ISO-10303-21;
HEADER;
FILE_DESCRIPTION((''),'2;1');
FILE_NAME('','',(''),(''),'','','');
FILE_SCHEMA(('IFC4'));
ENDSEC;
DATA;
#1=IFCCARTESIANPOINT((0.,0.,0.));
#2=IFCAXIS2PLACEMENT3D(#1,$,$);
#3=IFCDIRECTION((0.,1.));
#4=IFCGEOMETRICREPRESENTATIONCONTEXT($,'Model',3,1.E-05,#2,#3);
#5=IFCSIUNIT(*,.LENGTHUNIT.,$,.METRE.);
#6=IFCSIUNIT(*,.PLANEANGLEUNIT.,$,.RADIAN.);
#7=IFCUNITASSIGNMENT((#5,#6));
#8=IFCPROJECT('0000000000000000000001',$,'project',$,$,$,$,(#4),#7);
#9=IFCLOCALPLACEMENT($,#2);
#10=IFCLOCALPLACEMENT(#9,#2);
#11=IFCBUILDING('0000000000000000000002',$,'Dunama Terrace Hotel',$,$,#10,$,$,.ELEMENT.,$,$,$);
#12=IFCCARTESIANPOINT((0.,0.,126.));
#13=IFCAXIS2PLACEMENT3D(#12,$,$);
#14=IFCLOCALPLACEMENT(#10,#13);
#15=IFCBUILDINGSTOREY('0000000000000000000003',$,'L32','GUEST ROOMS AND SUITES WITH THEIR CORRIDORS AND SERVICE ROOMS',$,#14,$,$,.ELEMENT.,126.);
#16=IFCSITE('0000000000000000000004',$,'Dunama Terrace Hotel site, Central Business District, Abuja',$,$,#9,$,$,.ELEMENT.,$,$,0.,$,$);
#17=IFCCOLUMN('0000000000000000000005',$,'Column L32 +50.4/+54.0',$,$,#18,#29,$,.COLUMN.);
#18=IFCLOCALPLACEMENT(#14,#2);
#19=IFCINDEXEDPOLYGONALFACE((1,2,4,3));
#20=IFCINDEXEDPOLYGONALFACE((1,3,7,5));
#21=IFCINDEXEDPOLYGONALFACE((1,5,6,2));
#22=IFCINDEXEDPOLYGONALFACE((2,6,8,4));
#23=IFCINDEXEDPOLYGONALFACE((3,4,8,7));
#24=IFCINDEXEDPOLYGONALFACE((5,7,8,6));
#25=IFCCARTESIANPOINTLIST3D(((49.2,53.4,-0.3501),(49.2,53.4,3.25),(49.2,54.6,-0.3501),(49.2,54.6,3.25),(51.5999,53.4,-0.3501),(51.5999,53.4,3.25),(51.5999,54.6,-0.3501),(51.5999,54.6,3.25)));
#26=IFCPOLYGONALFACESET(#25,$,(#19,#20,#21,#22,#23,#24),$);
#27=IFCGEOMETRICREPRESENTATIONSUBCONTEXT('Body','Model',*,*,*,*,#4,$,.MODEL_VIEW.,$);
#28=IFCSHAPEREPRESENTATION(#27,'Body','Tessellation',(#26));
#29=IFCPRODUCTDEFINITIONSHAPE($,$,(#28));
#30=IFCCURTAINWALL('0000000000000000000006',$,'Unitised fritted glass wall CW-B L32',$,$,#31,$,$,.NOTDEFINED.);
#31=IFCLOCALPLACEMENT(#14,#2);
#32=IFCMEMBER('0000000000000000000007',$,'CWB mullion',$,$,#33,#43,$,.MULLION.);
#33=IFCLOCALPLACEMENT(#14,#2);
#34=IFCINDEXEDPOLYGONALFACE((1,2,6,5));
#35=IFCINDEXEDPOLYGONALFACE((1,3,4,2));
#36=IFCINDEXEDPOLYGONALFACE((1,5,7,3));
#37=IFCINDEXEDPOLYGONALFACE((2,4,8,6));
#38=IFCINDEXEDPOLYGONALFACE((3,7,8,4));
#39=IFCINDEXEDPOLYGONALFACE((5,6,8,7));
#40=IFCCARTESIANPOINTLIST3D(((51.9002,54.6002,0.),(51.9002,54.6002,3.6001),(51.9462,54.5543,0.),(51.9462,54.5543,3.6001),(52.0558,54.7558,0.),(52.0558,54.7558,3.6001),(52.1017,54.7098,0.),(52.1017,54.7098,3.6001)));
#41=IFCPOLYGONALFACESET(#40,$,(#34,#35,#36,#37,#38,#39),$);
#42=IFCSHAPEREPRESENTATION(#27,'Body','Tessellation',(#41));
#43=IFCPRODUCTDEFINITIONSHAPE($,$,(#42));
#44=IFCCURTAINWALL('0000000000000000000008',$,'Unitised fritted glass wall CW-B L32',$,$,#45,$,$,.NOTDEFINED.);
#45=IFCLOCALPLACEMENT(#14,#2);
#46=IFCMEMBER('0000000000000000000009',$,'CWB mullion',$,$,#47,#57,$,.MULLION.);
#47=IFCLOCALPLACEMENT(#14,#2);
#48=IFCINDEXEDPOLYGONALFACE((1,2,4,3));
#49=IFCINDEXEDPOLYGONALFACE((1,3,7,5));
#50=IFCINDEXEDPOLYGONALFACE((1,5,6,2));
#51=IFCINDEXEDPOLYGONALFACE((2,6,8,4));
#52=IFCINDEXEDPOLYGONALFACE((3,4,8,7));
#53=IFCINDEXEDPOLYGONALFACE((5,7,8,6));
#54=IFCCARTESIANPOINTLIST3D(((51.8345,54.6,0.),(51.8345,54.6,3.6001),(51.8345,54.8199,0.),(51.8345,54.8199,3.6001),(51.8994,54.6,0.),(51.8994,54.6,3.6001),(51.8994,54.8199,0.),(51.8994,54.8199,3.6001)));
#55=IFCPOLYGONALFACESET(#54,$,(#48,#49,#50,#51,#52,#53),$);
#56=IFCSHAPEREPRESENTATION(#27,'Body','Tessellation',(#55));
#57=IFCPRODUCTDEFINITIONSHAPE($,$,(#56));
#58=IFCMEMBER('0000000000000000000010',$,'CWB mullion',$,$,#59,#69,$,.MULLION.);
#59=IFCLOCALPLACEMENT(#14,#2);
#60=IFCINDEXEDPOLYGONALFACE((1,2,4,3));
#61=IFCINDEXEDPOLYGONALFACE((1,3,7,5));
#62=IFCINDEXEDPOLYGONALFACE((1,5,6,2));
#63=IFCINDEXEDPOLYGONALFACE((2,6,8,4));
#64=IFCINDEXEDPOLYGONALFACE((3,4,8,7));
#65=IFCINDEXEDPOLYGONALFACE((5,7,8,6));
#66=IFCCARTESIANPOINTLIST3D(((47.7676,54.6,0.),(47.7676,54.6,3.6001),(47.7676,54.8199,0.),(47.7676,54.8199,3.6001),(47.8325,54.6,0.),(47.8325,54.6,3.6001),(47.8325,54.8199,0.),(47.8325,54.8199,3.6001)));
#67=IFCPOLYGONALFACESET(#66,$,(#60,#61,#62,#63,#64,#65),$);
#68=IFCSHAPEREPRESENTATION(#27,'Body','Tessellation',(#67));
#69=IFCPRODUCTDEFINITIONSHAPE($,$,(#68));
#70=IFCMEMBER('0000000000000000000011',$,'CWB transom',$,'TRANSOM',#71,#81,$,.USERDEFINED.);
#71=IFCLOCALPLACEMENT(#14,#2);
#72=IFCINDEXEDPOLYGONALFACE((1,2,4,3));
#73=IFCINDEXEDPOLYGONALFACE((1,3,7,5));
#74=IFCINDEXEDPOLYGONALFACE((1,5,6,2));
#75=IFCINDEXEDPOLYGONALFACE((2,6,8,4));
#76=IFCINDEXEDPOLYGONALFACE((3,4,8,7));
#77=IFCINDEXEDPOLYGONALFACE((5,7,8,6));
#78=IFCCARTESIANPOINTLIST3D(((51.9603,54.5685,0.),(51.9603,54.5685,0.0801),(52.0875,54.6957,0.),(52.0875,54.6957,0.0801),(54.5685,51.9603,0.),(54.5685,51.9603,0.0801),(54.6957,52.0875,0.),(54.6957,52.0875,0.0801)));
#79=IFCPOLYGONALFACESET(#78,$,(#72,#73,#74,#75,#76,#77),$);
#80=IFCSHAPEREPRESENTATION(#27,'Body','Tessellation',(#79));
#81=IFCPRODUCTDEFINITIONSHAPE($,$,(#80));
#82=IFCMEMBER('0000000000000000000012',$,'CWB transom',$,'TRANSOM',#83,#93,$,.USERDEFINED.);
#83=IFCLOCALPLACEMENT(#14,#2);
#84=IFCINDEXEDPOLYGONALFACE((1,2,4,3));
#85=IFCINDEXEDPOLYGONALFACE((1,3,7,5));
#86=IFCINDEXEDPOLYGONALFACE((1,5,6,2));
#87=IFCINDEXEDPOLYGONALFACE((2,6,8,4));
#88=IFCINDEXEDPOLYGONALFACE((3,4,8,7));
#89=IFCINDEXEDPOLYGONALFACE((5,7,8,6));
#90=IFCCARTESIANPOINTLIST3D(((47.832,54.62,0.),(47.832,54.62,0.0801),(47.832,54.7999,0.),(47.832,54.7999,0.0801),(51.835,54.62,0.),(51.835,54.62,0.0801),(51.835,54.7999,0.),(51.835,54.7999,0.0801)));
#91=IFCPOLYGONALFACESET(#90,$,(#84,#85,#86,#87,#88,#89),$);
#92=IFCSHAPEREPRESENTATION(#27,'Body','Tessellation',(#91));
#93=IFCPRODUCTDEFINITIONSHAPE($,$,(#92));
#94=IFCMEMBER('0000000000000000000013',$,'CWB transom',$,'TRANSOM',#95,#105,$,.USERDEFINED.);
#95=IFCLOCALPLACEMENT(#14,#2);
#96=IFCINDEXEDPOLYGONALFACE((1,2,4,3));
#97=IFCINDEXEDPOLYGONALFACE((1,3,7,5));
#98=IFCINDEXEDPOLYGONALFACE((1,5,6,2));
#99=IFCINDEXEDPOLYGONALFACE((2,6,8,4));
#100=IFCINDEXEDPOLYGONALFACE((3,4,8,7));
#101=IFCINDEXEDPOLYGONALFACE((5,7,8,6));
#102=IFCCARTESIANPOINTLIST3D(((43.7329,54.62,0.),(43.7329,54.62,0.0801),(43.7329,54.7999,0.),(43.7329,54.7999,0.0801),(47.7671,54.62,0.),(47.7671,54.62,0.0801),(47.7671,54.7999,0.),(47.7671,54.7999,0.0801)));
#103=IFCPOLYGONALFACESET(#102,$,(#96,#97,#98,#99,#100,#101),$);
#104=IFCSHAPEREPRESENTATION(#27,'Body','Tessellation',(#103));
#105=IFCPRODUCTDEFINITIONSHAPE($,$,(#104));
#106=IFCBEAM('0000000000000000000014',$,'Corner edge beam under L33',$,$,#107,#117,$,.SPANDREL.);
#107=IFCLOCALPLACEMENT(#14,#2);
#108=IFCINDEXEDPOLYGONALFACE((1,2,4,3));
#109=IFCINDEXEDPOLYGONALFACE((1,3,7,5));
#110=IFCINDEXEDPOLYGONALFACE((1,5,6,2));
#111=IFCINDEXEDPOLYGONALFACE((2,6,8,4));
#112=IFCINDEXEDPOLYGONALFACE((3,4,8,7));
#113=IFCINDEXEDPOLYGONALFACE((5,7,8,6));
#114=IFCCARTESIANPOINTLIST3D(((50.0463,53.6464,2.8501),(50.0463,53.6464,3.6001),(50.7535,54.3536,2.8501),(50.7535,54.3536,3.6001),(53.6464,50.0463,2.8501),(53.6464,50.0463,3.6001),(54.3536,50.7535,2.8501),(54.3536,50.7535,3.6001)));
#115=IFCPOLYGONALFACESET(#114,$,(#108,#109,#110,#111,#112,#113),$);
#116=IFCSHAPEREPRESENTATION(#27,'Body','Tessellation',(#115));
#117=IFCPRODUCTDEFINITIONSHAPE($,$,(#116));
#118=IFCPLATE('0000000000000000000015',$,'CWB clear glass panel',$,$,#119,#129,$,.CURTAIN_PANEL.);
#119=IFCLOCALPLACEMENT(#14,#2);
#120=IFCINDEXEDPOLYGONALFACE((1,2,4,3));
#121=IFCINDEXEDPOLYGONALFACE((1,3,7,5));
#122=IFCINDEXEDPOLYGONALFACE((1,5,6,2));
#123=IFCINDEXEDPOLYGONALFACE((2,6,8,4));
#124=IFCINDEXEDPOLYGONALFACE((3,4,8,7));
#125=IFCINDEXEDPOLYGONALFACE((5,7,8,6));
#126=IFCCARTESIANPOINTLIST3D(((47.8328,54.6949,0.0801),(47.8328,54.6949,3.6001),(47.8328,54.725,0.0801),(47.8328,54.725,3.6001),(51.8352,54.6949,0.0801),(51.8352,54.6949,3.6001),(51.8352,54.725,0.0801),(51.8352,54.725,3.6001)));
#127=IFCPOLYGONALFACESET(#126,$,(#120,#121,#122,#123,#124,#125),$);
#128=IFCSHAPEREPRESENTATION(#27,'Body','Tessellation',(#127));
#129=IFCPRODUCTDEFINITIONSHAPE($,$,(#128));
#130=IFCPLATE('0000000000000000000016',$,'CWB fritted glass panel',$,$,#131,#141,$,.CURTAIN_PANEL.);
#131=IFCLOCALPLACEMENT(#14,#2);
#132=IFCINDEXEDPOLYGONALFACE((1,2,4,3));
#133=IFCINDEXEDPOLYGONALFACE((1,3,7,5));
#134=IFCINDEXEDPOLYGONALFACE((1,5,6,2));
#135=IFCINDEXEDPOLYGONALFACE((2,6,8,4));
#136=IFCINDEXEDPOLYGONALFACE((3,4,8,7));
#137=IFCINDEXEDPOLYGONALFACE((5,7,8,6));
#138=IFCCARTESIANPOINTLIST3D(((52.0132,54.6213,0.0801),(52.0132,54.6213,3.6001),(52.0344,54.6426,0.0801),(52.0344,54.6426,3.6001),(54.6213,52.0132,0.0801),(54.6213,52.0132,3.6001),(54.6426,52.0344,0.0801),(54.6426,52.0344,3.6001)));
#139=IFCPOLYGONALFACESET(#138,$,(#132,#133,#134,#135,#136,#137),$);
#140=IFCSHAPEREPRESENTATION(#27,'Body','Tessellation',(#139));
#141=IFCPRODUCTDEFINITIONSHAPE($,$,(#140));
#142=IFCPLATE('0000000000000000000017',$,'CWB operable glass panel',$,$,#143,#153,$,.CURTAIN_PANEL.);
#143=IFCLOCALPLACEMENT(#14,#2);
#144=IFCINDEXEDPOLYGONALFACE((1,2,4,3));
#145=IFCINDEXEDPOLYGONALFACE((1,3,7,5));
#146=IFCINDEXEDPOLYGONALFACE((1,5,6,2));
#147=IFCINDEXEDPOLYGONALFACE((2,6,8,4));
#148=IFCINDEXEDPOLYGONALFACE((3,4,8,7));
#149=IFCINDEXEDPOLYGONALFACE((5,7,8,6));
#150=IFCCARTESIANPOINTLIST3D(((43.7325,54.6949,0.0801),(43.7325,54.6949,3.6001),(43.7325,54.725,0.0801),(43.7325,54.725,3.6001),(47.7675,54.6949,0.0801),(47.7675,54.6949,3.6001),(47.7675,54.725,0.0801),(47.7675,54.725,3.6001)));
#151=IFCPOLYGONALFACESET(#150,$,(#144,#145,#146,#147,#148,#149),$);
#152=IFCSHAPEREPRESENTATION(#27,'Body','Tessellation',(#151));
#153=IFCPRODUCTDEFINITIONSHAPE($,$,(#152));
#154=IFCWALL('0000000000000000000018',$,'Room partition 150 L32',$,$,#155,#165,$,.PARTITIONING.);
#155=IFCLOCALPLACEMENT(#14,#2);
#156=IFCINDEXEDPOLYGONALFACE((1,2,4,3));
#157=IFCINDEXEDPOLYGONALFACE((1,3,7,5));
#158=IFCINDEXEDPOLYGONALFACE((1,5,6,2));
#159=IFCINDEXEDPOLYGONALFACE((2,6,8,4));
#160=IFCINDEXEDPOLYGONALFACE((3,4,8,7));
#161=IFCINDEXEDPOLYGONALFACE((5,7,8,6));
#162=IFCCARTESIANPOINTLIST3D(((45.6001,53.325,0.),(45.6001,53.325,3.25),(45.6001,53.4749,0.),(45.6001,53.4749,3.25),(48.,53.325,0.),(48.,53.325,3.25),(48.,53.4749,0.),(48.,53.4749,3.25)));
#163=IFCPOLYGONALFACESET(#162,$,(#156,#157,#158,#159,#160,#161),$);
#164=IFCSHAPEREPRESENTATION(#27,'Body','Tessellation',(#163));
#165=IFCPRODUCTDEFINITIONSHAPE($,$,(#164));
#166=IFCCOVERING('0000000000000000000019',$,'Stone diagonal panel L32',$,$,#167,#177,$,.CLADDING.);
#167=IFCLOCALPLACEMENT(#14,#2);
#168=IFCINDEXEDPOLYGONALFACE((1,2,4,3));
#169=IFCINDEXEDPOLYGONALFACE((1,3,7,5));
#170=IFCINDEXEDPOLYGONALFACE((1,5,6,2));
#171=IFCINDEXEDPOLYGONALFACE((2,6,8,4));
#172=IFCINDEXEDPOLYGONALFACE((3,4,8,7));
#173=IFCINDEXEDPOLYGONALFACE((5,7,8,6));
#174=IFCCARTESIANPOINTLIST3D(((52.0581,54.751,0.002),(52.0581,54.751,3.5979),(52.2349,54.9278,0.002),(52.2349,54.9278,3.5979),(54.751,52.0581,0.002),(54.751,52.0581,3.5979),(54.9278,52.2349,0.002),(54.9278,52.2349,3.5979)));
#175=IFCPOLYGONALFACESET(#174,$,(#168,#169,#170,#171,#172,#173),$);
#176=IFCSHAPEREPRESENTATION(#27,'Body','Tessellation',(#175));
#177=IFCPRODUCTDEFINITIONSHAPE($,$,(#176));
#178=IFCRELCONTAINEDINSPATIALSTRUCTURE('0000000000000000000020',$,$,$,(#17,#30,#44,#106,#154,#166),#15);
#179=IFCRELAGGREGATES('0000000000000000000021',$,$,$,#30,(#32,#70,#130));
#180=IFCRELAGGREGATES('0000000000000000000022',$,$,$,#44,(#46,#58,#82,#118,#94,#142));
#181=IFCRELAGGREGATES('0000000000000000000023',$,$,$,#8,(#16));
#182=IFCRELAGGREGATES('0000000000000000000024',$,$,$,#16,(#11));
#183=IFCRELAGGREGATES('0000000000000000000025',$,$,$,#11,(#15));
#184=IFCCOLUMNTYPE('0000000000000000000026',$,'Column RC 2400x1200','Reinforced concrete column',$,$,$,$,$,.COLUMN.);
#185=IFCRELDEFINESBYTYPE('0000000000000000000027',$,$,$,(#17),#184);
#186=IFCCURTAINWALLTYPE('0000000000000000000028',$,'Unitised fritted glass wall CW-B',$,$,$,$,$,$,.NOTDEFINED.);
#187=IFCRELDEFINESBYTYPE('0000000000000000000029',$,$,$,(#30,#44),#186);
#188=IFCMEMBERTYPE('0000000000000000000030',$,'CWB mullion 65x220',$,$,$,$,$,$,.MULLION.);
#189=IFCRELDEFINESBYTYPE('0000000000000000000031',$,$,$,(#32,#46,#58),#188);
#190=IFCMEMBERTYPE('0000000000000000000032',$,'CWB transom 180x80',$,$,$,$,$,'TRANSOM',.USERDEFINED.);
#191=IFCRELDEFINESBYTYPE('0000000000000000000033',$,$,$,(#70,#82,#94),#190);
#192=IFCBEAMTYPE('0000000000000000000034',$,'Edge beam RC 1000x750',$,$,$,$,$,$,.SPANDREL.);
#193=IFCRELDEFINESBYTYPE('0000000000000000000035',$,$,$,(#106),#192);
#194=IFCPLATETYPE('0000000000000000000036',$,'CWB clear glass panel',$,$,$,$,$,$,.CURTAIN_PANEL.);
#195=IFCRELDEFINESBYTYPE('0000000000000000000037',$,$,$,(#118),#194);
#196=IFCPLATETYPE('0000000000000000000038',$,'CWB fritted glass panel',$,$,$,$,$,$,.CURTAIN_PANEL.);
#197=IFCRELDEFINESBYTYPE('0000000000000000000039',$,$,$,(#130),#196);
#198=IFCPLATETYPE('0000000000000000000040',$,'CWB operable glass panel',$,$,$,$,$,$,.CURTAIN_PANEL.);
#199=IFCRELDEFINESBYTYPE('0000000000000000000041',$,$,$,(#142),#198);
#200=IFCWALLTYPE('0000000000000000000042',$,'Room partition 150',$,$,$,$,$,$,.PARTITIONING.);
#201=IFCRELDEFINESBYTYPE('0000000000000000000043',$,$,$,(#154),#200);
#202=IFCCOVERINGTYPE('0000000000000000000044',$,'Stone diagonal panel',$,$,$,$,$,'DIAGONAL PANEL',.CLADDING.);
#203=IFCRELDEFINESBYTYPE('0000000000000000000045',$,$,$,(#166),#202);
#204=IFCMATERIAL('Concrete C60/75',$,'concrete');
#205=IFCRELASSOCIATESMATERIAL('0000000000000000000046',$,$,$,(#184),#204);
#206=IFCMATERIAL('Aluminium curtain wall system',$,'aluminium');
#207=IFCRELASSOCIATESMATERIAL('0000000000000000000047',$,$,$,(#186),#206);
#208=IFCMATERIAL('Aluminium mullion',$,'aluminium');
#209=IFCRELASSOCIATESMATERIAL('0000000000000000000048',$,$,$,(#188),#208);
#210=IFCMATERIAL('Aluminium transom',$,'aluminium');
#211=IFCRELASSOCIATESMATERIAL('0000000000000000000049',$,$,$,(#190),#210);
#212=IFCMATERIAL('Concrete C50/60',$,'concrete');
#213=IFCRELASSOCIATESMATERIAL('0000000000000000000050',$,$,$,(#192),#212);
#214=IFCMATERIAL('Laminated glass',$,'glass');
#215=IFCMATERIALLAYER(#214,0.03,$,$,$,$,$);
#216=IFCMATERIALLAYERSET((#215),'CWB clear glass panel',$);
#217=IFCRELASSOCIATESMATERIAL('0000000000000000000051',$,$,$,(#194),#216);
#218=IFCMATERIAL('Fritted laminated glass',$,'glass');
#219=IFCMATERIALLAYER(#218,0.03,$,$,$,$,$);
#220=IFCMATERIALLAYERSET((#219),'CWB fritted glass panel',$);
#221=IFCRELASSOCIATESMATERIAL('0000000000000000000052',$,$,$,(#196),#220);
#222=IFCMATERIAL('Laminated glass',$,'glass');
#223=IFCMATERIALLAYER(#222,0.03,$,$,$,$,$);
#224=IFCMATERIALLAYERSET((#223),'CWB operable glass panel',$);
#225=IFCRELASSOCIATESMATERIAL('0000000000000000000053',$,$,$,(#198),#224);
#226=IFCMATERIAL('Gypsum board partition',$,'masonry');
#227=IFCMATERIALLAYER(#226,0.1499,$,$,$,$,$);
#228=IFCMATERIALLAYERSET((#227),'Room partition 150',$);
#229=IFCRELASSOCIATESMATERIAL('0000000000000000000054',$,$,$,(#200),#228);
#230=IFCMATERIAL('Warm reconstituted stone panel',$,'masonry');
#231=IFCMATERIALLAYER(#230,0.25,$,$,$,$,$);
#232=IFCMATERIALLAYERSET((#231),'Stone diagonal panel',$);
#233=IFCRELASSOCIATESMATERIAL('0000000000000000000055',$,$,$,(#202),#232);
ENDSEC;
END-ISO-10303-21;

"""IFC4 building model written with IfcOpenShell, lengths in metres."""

from ifc_helpers import new_model, si_unit, direction, frame, frame_2d, origin, origin_2d, place, context, subcontext, project, spatial, rectangle, extrude, material, layer, layer_set, material_profile, profile_set, type_object, element, aggregate, save


model = new_model("IFC4")

# Units and contexts
model_context = context("Model", 3, precision=1e-05, world=origin(), true_north=direction((0.0, 1.0)))
body_context = subcontext(model_context, "Body", "Model", "MODEL_VIEW")
ifc_project = project(units=[si_unit("LENGTHUNIT", "METRE"), si_unit("PLANEANGLEUNIT", "RADIAN")], contexts=[model_context])

# Site, building, storey
site_placement = place(None, origin())
site = spatial("IfcSite", under=ifc_project, at=site_placement, Name="Dunama Terrace Hotel site, Central Business District, Abuja", CompositionType="ELEMENT", RefElevation=0.0)
building_placement = place(site_placement, origin())
building = spatial("IfcBuilding", under=site, at=building_placement, Name="Dunama Terrace Hotel", CompositionType="ELEMENT")
storey_placement = place(building_placement, frame((0.0, 0.0, 126.0)))
storey = spatial("IfcBuildingStorey", under=building, at=storey_placement, Name="L32", Description="GUEST ROOMS AND SUITES WITH THEIR CORRIDORS AND SERVICE ROOMS", CompositionType="ELEMENT", Elevation=126.0)

# Column
ifc_material_1 = material(Name="Concrete C60/75", Category="concrete")
ifc_material_profile_1 = material_profile(ifc_material_1, rectangle(XDim=2.3999, YDim=1.2, at=origin_2d()), Name="RC 2400x1200")
ifc_profile_set_1 = profile_set([ifc_material_profile_1], Name="Concrete C60/75")
column_type = type_object("IfcColumnType", Name="Column RC 2400x1200", Description="Reinforced concrete column", PredefinedType="COLUMN", material=ifc_profile_set_1)
column_placement = place(storey_placement, frame((50.3999, 54.0, -0.3501), z_axis=(0.0, 0.0, 1.0), x_axis=(1.0, 0.0, 0.0)))
element("IfcColumn", 1, at=column_placement, inside=storey, type_object=column_type, Name="Column L32 +50.4/+54.0", PredefinedType="COLUMN", context=body_context, shape_type="SweptSolid", body=[
    extrude(rectangle(XDim=2.3999, YDim=1.2, at=origin_2d()), origin(), (0.0, 0.0, 1.0), 3.6001),
])

# Curtain wall, member
ifc_material_2 = material(Name="Aluminium curtain wall system", Category="aluminium")
curtain_wall_type = type_object("IfcCurtainWallType", Name="Unitised fritted glass wall CW-B", PredefinedType="NOTDEFINED", material=ifc_material_2)
curtain_wall_1_placement = place(storey_placement, origin())
curtain_wall_1 = element("IfcCurtainWall", 2, at=curtain_wall_1_placement, inside=storey, type_object=curtain_wall_type, Name="Unitised fritted glass wall CW-B L32", PredefinedType="NOTDEFINED")
ifc_material_3 = material(Name="Aluminium mullion", Category="aluminium")
ifc_material_profile_2 = material_profile(ifc_material_3, rectangle(XDim=0.0649, YDim=0.22, at=origin_2d()), Name="CWB MULLION 65X220")
ifc_profile_set_2 = profile_set([ifc_material_profile_2], Name="Aluminium mullion")
member_type_1 = type_object("IfcMemberType", Name="CWB mullion 65x220", PredefinedType="MULLION", material=ifc_profile_set_2)
member_1_placement = place(storey_placement, frame((52.001, 54.655, 0.0), z_axis=(0.0, 0.0, 1.0), x_axis=(-0.707107, 0.707107, 0.0)))
member_1 = element("IfcMember", 3, at=member_1_placement, type_object=member_type_1, Name="CWB mullion", PredefinedType="MULLION", context=body_context, shape_type="SweptSolid", body=[
    extrude(rectangle(XDim=0.0649, YDim=0.22, at=origin_2d()), origin(), (0.0, 0.0, 1.0), 3.6001),
])

# Curtain wall, members
curtain_wall_2_placement = place(storey_placement, origin())
curtain_wall_2 = element("IfcCurtainWall", 4, at=curtain_wall_2_placement, inside=storey, type_object=curtain_wall_type, Name="Unitised fritted glass wall CW-B L32", PredefinedType="NOTDEFINED")
member_2_placement = place(storey_placement, frame((51.8669, 54.71, 0.0), z_axis=(0.0, 0.0, 1.0), x_axis=(-1.0, 0.0, 0.0)))
member_2 = element("IfcMember", 5, at=member_2_placement, type_object=member_type_1, Name="CWB mullion", PredefinedType="MULLION", context=body_context, shape_type="SweptSolid", body=[
    extrude(rectangle(XDim=0.0649, YDim=0.22, at=origin_2d()), origin(), (0.0, 0.0, 1.0), 3.6001),
])
member_3_placement = place(storey_placement, frame((47.8, 54.71, 0.0), z_axis=(0.0, 0.0, 1.0), x_axis=(-1.0, 0.0, 0.0)))
member_3 = element("IfcMember", 6, at=member_3_placement, type_object=member_type_1, Name="CWB mullion", PredefinedType="MULLION", context=body_context, shape_type="SweptSolid", body=[
    extrude(rectangle(XDim=0.0649, YDim=0.22, at=origin_2d()), origin(), (0.0, 0.0, 1.0), 3.6001),
])

# Members
ifc_material_4 = material(Name="Aluminium transom", Category="aluminium")
ifc_material_profile_3 = material_profile(ifc_material_4, rectangle(XDim=0.1799, YDim=0.0801, at=origin_2d()), Name="CWB TRANSOM 180X80")
ifc_profile_set_3 = profile_set([ifc_material_profile_3], Name="Aluminium transom")
member_type_2 = type_object("IfcMemberType", Name="CWB transom 180x80", ElementType="TRANSOM", PredefinedType="USERDEFINED", material=ifc_profile_set_3)
member_4_placement = place(storey_placement, frame((54.6321, 52.0239, 0.04), z_axis=(-0.707107, 0.707107, 0.0), x_axis=(-0.707107, -0.707107, 0.0)))
member_4 = element("IfcMember", 7, at=member_4_placement, type_object=member_type_2, Name="CWB transom", ObjectType="TRANSOM", PredefinedType="USERDEFINED", context=body_context, shape_type="SweptSolid", body=[
    extrude(rectangle(XDim=0.1799, YDim=0.0801, at=origin_2d()), origin(), (0.0, 0.0, 1.0), 3.6885),
])
member_5_placement = place(storey_placement, frame((51.835, 54.71, 0.04), z_axis=(-1.0, 0.0, 0.0), x_axis=(0.0, -1.0, 0.0)))
member_5 = element("IfcMember", 8, at=member_5_placement, type_object=member_type_2, Name="CWB transom", ObjectType="TRANSOM", PredefinedType="USERDEFINED", context=body_context, shape_type="SweptSolid", body=[
    extrude(rectangle(XDim=0.1799, YDim=0.0801, at=origin_2d()), origin(), (0.0, 0.0, 1.0), 4.0029),
])
member_6_placement = place(storey_placement, frame((47.7671, 54.71, 0.04), z_axis=(-1.0, 0.0, 0.0), x_axis=(0.0, -1.0, 0.0)))
member_6 = element("IfcMember", 9, at=member_6_placement, type_object=member_type_2, Name="CWB transom", ObjectType="TRANSOM", PredefinedType="USERDEFINED", context=body_context, shape_type="SweptSolid", body=[
    extrude(rectangle(XDim=0.1799, YDim=0.0801, at=origin_2d()), origin(), (0.0, 0.0, 1.0), 4.0342),
])

# Beam
ifc_material_5 = material(Name="Concrete C50/60", Category="concrete")
ifc_material_profile_4 = material_profile(ifc_material_5, rectangle(XDim=1.0, YDim=0.75, at=origin_2d()), Name="RC 1000x750")
ifc_profile_set_4 = profile_set([ifc_material_profile_4], Name="Concrete C50/60")
beam_type = type_object("IfcBeamType", Name="Edge beam RC 1000x750", PredefinedType="SPANDREL", material=ifc_profile_set_4)
beam_placement = place(storey_placement, frame((50.3999, 54.0, 3.2251), z_axis=(0.707107, -0.707107, 0.0), x_axis=(0.707107, 0.707107, 0.0)))
element("IfcBeam", 10, at=beam_placement, inside=storey, type_object=beam_type, Name="Corner edge beam under L33", PredefinedType="SPANDREL", context=body_context, shape_type="SweptSolid", body=[
    extrude(rectangle(XDim=1.0, YDim=0.75, at=origin_2d()), origin(), (0.0, 0.0, 1.0), 5.0913),
])

# Plates
ifc_material_6 = material(Name="Laminated glass", Category="glass")
ifc_layer_1 = layer(ifc_material_6, 0.03)
ifc_layer_set_1 = layer_set([ifc_layer_1], Name="CWB clear glass panel")
plate_type_1 = type_object("IfcPlateType", Name="CWB clear glass panel", PredefinedType="CURTAIN_PANEL", material=ifc_layer_set_1)
plate_1_placement = place(storey_placement, frame((49.834, 54.71, 0.0801), z_axis=(0.0, 0.0, 1.0), x_axis=(-1.0, 0.0, 0.0)))
plate_1 = element("IfcPlate", 11, at=plate_1_placement, type_object=plate_type_1, Name="CWB clear glass panel", PredefinedType="CURTAIN_PANEL", context=body_context, shape_type="SweptSolid", body=[
    extrude(rectangle(XDim=4.0024, YDim=0.03, at=origin_2d()), origin(), (0.0, 0.0, 1.0), 3.52),
])
ifc_material_7 = material(Name="Fritted laminated glass", Category="glass")
ifc_layer_2 = layer(ifc_material_7, 0.03)
ifc_layer_set_2 = layer_set([ifc_layer_2], Name="CWB fritted glass panel")
plate_type_2 = type_object("IfcPlateType", Name="CWB fritted glass panel", PredefinedType="CURTAIN_PANEL", material=ifc_layer_set_2)
plate_2_placement = place(storey_placement, frame((53.3279, 53.3279, 0.0801), z_axis=(0.0, 0.0, 1.0), x_axis=(-0.707107, 0.707107, 0.0)))
plate_2 = element("IfcPlate", 12, at=plate_2_placement, type_object=plate_type_2, Name="CWB fritted glass panel", PredefinedType="CURTAIN_PANEL", context=body_context, shape_type="SweptSolid", body=[
    extrude(rectangle(XDim=3.6885, YDim=0.03, at=origin_2d()), origin(), (0.0, 0.0, 1.0), 3.52),
])
aggregate(curtain_wall_1, [member_1, member_4, plate_2])
ifc_material_8 = material(Name="Laminated glass", Category="glass")
ifc_layer_3 = layer(ifc_material_8, 0.03)
ifc_layer_set_3 = layer_set([ifc_layer_3], Name="CWB operable glass panel")
plate_type_3 = type_object("IfcPlateType", Name="CWB operable glass panel", PredefinedType="CURTAIN_PANEL", material=ifc_layer_set_3)
plate_3_placement = place(storey_placement, frame((45.75, 54.71, 0.0801), z_axis=(0.0, 0.0, 1.0), x_axis=(-1.0, 0.0, 0.0)))
plate_3 = element("IfcPlate", 13, at=plate_3_placement, type_object=plate_type_3, Name="CWB operable glass panel", PredefinedType="CURTAIN_PANEL", context=body_context, shape_type="SweptSolid", body=[
    extrude(rectangle(XDim=4.0349, YDim=0.03, at=origin_2d()), origin(), (0.0, 0.0, 1.0), 3.52),
])
aggregate(curtain_wall_2, [member_2, member_3, member_5, plate_1, member_6, plate_3])

# Wall
ifc_material_9 = material(Name="Gypsum board partition", Category="masonry")
ifc_layer_4 = layer(ifc_material_9, 0.1499)
ifc_layer_set_4 = layer_set([ifc_layer_4], Name="Room partition 150")
wall_type = type_object("IfcWallType", Name="Room partition 150", PredefinedType="PARTITIONING", material=ifc_layer_set_4)
wall_placement = place(storey_placement, frame((45.6001, 53.3999, 0.0), z_axis=(0.0, 0.0, 1.0), x_axis=(1.0, 0.0, 0.0)))
element("IfcWall", 14, at=wall_placement, inside=storey, type_object=wall_type, Name="Room partition 150 L32", PredefinedType="PARTITIONING", context=body_context, shape_type="SweptSolid", body=[
    extrude(rectangle(XDim=2.3999, YDim=0.1499, at=frame_2d((1.2, 0.0))), origin(), (0.0, 0.0, 1.0), 3.25),
])

# Covering
ifc_material_10 = material(Name="Warm reconstituted stone panel", Category="masonry")
ifc_layer_5 = layer(ifc_material_10, 0.25)
ifc_layer_set_5 = layer_set([ifc_layer_5], Name="Stone diagonal panel")
covering_type = type_object("IfcCoveringType", Name="Stone diagonal panel", ElementType="DIAGONAL PANEL", PredefinedType="CLADDING", material=ifc_layer_set_5)
covering_1_placement = place(storey_placement, frame((53.4929, 53.4929, 0.002), z_axis=(0.0, 0.0, 1.0), x_axis=(-0.707107, 0.707107, 0.0)))
element("IfcCovering", 15, at=covering_1_placement, inside=storey, type_object=covering_type, Name="Stone diagonal panel L32", PredefinedType="CLADDING", context=body_context, shape_type="SweptSolid", body=[
    extrude(rectangle(XDim=3.8083, YDim=0.25, at=origin_2d()), origin(), (0.0, 0.0, 1.0), 3.5959),
])

save(model, "model.ifc")
